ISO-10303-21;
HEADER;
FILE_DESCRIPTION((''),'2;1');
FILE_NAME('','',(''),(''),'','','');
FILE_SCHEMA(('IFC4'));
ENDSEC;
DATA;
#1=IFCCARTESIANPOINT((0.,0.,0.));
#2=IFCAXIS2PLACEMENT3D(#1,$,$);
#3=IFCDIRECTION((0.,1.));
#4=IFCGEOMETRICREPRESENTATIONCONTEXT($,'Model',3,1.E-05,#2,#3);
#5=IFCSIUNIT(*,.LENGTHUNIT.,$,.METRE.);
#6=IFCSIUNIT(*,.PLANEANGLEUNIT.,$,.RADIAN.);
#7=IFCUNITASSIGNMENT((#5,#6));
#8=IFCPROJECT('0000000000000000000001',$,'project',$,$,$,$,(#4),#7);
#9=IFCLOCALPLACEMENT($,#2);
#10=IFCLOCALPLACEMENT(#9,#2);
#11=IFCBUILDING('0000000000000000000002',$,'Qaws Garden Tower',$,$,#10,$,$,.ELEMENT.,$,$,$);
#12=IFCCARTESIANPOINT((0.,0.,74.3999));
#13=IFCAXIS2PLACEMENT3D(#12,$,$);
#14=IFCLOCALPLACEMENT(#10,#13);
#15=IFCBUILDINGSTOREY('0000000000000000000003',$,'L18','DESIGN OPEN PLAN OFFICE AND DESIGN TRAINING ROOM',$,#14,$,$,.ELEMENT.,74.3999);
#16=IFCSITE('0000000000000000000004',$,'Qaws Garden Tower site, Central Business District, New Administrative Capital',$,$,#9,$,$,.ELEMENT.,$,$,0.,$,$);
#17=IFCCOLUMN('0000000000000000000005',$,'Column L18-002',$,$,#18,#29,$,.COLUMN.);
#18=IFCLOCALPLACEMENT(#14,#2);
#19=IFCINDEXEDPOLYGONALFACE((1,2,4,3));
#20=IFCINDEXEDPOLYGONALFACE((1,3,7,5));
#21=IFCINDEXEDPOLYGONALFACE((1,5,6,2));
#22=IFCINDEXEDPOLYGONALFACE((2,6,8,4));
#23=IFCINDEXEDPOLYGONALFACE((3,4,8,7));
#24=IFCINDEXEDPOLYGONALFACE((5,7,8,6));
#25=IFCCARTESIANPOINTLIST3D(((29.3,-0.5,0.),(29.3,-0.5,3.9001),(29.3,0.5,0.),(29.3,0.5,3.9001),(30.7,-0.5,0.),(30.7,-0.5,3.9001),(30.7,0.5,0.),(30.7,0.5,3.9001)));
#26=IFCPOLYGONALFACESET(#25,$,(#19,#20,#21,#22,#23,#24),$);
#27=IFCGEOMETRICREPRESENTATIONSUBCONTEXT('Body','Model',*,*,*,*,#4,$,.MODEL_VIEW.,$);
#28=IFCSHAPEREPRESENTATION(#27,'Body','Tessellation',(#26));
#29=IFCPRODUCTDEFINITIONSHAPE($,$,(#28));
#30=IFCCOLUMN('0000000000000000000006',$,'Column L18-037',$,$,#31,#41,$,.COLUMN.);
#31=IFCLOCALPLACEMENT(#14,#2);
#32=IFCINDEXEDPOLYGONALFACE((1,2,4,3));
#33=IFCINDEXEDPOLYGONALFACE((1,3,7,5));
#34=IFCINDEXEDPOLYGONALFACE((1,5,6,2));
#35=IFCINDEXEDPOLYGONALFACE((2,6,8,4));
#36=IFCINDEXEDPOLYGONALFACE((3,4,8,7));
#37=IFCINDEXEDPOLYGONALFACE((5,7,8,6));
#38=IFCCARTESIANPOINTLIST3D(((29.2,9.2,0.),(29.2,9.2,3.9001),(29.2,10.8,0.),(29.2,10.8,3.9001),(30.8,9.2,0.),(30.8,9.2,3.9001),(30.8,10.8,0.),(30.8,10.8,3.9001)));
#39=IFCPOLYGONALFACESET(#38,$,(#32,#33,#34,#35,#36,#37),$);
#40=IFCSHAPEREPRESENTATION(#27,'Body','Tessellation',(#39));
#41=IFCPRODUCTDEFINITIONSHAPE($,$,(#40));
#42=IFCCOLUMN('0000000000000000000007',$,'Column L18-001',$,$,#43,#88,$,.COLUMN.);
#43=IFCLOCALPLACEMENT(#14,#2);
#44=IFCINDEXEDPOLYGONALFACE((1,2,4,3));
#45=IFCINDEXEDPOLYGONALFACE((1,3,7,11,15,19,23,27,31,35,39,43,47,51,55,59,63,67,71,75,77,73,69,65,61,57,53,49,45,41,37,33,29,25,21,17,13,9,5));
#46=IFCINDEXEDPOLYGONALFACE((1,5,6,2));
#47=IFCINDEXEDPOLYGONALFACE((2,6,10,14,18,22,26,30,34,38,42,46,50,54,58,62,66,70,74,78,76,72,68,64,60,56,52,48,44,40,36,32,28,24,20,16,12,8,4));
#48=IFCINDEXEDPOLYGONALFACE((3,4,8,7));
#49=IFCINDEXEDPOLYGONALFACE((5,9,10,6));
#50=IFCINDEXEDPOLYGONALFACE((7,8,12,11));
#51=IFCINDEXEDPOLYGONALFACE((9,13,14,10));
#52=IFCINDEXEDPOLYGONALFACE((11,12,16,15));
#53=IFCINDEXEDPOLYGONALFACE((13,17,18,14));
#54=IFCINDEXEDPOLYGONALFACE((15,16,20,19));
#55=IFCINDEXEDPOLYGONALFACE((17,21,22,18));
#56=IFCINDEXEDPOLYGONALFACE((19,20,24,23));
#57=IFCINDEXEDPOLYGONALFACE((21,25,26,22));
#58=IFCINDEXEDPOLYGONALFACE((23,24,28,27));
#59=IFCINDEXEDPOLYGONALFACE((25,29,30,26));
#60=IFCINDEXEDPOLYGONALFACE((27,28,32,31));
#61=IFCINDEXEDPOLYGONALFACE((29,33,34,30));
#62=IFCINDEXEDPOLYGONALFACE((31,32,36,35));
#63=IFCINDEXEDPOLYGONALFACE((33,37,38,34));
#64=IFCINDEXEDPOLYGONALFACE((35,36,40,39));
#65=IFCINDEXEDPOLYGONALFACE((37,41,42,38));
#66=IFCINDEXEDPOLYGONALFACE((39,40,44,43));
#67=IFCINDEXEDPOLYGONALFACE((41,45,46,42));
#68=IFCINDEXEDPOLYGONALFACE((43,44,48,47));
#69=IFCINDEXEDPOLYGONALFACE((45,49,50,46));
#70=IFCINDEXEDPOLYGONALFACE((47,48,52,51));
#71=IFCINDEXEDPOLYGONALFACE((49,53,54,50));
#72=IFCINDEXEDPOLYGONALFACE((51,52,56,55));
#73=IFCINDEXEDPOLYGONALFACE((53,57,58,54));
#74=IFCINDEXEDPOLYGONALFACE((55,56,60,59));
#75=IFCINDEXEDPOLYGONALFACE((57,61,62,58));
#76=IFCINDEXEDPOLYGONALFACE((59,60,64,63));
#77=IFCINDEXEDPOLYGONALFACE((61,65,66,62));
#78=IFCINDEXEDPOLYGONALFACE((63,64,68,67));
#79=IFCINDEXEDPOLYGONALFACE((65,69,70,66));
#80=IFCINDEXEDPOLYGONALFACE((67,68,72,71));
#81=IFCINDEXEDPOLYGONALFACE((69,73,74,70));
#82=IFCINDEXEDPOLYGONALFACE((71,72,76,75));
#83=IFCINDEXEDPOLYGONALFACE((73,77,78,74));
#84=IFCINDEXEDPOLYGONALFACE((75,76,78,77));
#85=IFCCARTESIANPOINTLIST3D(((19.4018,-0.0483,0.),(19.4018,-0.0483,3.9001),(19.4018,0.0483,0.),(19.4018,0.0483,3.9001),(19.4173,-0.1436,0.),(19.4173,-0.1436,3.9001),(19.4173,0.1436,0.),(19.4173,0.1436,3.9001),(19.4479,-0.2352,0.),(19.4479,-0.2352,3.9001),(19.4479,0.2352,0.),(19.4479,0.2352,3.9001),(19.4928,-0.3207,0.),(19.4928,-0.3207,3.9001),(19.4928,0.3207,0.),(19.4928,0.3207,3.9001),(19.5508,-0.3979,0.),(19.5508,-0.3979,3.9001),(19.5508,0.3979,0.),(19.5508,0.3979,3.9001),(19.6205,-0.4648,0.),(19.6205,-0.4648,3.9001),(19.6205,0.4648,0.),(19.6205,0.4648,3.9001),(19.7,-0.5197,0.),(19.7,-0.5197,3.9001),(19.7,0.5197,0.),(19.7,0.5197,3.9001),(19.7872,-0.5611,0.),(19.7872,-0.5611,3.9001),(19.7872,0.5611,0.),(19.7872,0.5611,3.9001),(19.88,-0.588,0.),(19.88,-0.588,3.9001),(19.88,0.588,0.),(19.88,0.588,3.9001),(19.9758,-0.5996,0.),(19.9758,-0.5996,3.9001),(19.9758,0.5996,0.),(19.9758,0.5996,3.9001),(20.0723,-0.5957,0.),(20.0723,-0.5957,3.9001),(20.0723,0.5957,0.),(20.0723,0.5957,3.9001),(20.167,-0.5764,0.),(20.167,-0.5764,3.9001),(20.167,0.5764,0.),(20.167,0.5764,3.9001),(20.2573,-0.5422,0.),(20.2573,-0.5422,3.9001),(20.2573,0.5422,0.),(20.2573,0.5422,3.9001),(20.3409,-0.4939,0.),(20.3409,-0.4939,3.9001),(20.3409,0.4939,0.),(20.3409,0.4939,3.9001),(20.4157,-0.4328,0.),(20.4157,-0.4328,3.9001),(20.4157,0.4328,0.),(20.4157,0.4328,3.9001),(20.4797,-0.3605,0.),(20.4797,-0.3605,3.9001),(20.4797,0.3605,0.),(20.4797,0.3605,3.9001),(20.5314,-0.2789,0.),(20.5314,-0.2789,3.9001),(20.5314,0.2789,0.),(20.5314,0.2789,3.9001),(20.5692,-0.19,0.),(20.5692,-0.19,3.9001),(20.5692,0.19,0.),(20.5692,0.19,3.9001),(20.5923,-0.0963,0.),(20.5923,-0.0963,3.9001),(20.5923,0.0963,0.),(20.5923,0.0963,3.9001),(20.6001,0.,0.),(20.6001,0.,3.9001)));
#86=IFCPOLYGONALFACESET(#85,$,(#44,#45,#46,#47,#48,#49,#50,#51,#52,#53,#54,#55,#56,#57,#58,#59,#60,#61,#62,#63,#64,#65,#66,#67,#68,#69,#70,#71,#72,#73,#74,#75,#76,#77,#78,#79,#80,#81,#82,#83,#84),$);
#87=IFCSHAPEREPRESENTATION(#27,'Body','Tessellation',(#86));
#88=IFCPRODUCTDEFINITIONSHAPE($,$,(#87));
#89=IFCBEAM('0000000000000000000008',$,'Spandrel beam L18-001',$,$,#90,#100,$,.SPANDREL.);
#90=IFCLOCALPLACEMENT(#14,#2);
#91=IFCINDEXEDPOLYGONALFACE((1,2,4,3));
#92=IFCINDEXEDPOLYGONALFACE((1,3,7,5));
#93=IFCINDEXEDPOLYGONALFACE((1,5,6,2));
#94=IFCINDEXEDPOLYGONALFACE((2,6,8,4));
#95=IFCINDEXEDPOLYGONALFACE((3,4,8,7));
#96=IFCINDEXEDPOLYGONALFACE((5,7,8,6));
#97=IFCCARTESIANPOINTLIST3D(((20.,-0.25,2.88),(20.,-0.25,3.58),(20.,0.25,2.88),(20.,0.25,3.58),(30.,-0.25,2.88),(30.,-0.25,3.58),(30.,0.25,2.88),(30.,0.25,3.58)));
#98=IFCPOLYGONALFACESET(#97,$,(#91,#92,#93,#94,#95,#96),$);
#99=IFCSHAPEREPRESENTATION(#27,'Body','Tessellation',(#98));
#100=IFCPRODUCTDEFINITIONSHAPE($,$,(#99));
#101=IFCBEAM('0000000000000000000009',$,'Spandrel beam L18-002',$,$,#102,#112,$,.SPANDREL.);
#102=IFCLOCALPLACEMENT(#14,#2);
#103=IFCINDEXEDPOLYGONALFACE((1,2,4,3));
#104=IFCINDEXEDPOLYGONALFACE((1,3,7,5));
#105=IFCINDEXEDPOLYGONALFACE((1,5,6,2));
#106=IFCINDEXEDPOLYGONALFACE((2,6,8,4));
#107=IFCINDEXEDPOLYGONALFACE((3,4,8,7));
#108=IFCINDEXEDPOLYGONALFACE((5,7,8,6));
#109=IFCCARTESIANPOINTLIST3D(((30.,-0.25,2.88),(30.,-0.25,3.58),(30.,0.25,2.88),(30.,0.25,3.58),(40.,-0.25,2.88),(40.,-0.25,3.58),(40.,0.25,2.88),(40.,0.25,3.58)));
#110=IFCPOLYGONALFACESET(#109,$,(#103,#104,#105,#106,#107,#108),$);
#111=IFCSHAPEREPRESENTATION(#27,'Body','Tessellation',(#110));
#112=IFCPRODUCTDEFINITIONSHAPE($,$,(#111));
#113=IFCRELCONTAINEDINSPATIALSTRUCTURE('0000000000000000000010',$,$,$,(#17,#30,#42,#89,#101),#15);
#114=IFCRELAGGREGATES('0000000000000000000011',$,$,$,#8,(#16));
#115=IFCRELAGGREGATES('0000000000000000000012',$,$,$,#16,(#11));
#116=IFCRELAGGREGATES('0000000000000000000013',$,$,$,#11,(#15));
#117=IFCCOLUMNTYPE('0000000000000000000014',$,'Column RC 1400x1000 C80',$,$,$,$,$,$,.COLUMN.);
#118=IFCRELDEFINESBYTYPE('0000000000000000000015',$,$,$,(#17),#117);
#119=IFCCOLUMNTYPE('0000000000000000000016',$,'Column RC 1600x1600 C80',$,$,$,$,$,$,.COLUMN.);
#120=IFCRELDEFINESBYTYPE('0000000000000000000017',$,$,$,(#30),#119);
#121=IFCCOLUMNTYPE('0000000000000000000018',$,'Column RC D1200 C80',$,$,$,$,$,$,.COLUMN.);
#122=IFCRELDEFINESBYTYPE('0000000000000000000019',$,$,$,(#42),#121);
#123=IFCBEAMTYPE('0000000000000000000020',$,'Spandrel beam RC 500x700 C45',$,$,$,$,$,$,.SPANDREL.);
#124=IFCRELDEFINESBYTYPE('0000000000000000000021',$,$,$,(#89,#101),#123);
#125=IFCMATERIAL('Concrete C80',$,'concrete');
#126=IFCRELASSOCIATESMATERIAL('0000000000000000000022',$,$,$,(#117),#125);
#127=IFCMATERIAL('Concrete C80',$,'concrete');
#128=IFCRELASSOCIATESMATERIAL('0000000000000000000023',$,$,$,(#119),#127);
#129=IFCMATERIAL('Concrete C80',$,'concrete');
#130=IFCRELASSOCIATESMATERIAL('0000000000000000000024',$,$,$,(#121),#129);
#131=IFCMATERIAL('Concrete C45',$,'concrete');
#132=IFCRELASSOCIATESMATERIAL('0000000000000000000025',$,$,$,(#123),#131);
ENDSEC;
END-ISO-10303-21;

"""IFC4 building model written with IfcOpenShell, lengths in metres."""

from ifc_helpers import new_model, si_unit, direction, frame, origin, origin_2d, place, context, subcontext, project, spatial, rectangle, circle, extrude, material, material_profile, profile_set, type_object, element, save


model = new_model("IFC4")

# Units and contexts
model_context = context("Model", 3, precision=1e-05, world=origin(), true_north=direction((0.0, 1.0)))
body_context = subcontext(model_context, "Body", "Model", "MODEL_VIEW")
ifc_project = project(units=[si_unit("LENGTHUNIT", "METRE"), si_unit("PLANEANGLEUNIT", "RADIAN")], contexts=[model_context])

# Site, building, storey
site_placement = place(None, origin())
site = spatial("IfcSite", under=ifc_project, at=site_placement, Name="Qaws Garden Tower site, Central Business District, New Administrative Capital", CompositionType="ELEMENT", RefElevation=0.0)
building_placement = place(site_placement, origin())
building = spatial("IfcBuilding", under=site, at=building_placement, Name="Qaws Garden Tower", CompositionType="ELEMENT")
storey_placement = place(building_placement, frame((0.0, 0.0, 74.3999)))
storey = spatial("IfcBuildingStorey", under=building, at=storey_placement, Name="L18", Description="DESIGN OPEN PLAN OFFICE AND DESIGN TRAINING ROOM", CompositionType="ELEMENT", Elevation=74.3999)

# Columns
ifc_material_1 = material(Name="Concrete C80", Category="concrete")
ifc_material_profile_1 = material_profile(ifc_material_1, rectangle(XDim=1.3999, YDim=1.0, at=origin_2d()), Name="RC 1400x1000")
ifc_profile_set_1 = profile_set([ifc_material_profile_1], Name="Concrete C80")
column_type_1 = type_object("IfcColumnType", Name="Column RC 1400x1000 C80", PredefinedType="COLUMN", material=ifc_profile_set_1)
column_1_placement = place(storey_placement, frame((30.0, 0.0, 0.0), z_axis=(0.0, 0.0, 1.0), x_axis=(1.0, 0.0, 0.0)))
element("IfcColumn", 1, at=column_1_placement, inside=storey, type_object=column_type_1, Name="Column L18-002", PredefinedType="COLUMN", context=body_context, shape_type="SweptSolid", body=[
    extrude(rectangle(XDim=1.3999, YDim=1.0, at=origin_2d()), origin(), (0.0, 0.0, 1.0), 3.9001),
])
ifc_material_2 = material(Name="Concrete C80", Category="concrete")
ifc_material_profile_2 = material_profile(ifc_material_2, rectangle(XDim=1.6001, YDim=1.6001, at=origin_2d()), Name="RC 1600x1600")
ifc_profile_set_2 = profile_set([ifc_material_profile_2], Name="Concrete C80")
column_type_2 = type_object("IfcColumnType", Name="Column RC 1600x1600 C80", PredefinedType="COLUMN", material=ifc_profile_set_2)
column_2_placement = place(storey_placement, frame((30.0, 10.0, 0.0), z_axis=(0.0, 0.0, 1.0), x_axis=(1.0, 0.0, 0.0)))
element("IfcColumn", 2, at=column_2_placement, inside=storey, type_object=column_type_2, Name="Column L18-037", PredefinedType="COLUMN", context=body_context, shape_type="SweptSolid", body=[
    extrude(rectangle(XDim=1.6001, YDim=1.6001, at=origin_2d()), origin(), (0.0, 0.0, 1.0), 3.9001),
])
ifc_material_3 = material(Name="Concrete C80", Category="concrete")
ifc_material_profile_3 = material_profile(ifc_material_3, circle(Radius=0.6001, at=origin_2d()), Name="RC D1200")
ifc_profile_set_3 = profile_set([ifc_material_profile_3], Name="Concrete C80")
column_type_3 = type_object("IfcColumnType", Name="Column RC D1200 C80", PredefinedType="COLUMN", material=ifc_profile_set_3)
column_3_placement = place(storey_placement, frame((20.0, 0.0, 0.0), z_axis=(0.0, 0.0, 1.0), x_axis=(1.0, 0.0, 0.0)))
element("IfcColumn", 3, at=column_3_placement, inside=storey, type_object=column_type_3, Name="Column L18-001", PredefinedType="COLUMN", context=body_context, shape_type="SweptSolid", body=[
    extrude(circle(Radius=0.6001, at=origin_2d()), origin(), (0.0, 0.0, 1.0), 3.9001),
])

# Beams
ifc_material_4 = material(Name="Concrete C45", Category="concrete")
ifc_material_profile_4 = material_profile(ifc_material_4, rectangle(XDim=0.5, YDim=0.7, at=origin_2d()), Name="RC 500x700")
ifc_profile_set_4 = profile_set([ifc_material_profile_4], Name="Concrete C45")
beam_type = type_object("IfcBeamType", Name="Spandrel beam RC 500x700 C45", PredefinedType="SPANDREL", material=ifc_profile_set_4)
for number, where, z_axis, x_axis, name in (
    (4, (20.0, 0.0, 3.23), (1.0, 0.0, 0.0), (0.0, 1.0, 0.0), "Spandrel beam L18-001"),
    (5, (30.0, 0.0, 3.23), (1.0, 0.0, 0.0), (0.0, 1.0, 0.0), "Spandrel beam L18-002"),
):
    element("IfcBeam", number, at=place(storey_placement, frame(where, z_axis=z_axis, x_axis=x_axis)), inside=storey, type_object=beam_type, Name=name, PredefinedType="SPANDREL", context=body_context, shape_type="SweptSolid", body=[
        extrude(rectangle(XDim=0.5, YDim=0.7, at=origin_2d()), origin(), (0.0, 0.0, 1.0), 10.0),
    ])

save(model, "model.ifc")
